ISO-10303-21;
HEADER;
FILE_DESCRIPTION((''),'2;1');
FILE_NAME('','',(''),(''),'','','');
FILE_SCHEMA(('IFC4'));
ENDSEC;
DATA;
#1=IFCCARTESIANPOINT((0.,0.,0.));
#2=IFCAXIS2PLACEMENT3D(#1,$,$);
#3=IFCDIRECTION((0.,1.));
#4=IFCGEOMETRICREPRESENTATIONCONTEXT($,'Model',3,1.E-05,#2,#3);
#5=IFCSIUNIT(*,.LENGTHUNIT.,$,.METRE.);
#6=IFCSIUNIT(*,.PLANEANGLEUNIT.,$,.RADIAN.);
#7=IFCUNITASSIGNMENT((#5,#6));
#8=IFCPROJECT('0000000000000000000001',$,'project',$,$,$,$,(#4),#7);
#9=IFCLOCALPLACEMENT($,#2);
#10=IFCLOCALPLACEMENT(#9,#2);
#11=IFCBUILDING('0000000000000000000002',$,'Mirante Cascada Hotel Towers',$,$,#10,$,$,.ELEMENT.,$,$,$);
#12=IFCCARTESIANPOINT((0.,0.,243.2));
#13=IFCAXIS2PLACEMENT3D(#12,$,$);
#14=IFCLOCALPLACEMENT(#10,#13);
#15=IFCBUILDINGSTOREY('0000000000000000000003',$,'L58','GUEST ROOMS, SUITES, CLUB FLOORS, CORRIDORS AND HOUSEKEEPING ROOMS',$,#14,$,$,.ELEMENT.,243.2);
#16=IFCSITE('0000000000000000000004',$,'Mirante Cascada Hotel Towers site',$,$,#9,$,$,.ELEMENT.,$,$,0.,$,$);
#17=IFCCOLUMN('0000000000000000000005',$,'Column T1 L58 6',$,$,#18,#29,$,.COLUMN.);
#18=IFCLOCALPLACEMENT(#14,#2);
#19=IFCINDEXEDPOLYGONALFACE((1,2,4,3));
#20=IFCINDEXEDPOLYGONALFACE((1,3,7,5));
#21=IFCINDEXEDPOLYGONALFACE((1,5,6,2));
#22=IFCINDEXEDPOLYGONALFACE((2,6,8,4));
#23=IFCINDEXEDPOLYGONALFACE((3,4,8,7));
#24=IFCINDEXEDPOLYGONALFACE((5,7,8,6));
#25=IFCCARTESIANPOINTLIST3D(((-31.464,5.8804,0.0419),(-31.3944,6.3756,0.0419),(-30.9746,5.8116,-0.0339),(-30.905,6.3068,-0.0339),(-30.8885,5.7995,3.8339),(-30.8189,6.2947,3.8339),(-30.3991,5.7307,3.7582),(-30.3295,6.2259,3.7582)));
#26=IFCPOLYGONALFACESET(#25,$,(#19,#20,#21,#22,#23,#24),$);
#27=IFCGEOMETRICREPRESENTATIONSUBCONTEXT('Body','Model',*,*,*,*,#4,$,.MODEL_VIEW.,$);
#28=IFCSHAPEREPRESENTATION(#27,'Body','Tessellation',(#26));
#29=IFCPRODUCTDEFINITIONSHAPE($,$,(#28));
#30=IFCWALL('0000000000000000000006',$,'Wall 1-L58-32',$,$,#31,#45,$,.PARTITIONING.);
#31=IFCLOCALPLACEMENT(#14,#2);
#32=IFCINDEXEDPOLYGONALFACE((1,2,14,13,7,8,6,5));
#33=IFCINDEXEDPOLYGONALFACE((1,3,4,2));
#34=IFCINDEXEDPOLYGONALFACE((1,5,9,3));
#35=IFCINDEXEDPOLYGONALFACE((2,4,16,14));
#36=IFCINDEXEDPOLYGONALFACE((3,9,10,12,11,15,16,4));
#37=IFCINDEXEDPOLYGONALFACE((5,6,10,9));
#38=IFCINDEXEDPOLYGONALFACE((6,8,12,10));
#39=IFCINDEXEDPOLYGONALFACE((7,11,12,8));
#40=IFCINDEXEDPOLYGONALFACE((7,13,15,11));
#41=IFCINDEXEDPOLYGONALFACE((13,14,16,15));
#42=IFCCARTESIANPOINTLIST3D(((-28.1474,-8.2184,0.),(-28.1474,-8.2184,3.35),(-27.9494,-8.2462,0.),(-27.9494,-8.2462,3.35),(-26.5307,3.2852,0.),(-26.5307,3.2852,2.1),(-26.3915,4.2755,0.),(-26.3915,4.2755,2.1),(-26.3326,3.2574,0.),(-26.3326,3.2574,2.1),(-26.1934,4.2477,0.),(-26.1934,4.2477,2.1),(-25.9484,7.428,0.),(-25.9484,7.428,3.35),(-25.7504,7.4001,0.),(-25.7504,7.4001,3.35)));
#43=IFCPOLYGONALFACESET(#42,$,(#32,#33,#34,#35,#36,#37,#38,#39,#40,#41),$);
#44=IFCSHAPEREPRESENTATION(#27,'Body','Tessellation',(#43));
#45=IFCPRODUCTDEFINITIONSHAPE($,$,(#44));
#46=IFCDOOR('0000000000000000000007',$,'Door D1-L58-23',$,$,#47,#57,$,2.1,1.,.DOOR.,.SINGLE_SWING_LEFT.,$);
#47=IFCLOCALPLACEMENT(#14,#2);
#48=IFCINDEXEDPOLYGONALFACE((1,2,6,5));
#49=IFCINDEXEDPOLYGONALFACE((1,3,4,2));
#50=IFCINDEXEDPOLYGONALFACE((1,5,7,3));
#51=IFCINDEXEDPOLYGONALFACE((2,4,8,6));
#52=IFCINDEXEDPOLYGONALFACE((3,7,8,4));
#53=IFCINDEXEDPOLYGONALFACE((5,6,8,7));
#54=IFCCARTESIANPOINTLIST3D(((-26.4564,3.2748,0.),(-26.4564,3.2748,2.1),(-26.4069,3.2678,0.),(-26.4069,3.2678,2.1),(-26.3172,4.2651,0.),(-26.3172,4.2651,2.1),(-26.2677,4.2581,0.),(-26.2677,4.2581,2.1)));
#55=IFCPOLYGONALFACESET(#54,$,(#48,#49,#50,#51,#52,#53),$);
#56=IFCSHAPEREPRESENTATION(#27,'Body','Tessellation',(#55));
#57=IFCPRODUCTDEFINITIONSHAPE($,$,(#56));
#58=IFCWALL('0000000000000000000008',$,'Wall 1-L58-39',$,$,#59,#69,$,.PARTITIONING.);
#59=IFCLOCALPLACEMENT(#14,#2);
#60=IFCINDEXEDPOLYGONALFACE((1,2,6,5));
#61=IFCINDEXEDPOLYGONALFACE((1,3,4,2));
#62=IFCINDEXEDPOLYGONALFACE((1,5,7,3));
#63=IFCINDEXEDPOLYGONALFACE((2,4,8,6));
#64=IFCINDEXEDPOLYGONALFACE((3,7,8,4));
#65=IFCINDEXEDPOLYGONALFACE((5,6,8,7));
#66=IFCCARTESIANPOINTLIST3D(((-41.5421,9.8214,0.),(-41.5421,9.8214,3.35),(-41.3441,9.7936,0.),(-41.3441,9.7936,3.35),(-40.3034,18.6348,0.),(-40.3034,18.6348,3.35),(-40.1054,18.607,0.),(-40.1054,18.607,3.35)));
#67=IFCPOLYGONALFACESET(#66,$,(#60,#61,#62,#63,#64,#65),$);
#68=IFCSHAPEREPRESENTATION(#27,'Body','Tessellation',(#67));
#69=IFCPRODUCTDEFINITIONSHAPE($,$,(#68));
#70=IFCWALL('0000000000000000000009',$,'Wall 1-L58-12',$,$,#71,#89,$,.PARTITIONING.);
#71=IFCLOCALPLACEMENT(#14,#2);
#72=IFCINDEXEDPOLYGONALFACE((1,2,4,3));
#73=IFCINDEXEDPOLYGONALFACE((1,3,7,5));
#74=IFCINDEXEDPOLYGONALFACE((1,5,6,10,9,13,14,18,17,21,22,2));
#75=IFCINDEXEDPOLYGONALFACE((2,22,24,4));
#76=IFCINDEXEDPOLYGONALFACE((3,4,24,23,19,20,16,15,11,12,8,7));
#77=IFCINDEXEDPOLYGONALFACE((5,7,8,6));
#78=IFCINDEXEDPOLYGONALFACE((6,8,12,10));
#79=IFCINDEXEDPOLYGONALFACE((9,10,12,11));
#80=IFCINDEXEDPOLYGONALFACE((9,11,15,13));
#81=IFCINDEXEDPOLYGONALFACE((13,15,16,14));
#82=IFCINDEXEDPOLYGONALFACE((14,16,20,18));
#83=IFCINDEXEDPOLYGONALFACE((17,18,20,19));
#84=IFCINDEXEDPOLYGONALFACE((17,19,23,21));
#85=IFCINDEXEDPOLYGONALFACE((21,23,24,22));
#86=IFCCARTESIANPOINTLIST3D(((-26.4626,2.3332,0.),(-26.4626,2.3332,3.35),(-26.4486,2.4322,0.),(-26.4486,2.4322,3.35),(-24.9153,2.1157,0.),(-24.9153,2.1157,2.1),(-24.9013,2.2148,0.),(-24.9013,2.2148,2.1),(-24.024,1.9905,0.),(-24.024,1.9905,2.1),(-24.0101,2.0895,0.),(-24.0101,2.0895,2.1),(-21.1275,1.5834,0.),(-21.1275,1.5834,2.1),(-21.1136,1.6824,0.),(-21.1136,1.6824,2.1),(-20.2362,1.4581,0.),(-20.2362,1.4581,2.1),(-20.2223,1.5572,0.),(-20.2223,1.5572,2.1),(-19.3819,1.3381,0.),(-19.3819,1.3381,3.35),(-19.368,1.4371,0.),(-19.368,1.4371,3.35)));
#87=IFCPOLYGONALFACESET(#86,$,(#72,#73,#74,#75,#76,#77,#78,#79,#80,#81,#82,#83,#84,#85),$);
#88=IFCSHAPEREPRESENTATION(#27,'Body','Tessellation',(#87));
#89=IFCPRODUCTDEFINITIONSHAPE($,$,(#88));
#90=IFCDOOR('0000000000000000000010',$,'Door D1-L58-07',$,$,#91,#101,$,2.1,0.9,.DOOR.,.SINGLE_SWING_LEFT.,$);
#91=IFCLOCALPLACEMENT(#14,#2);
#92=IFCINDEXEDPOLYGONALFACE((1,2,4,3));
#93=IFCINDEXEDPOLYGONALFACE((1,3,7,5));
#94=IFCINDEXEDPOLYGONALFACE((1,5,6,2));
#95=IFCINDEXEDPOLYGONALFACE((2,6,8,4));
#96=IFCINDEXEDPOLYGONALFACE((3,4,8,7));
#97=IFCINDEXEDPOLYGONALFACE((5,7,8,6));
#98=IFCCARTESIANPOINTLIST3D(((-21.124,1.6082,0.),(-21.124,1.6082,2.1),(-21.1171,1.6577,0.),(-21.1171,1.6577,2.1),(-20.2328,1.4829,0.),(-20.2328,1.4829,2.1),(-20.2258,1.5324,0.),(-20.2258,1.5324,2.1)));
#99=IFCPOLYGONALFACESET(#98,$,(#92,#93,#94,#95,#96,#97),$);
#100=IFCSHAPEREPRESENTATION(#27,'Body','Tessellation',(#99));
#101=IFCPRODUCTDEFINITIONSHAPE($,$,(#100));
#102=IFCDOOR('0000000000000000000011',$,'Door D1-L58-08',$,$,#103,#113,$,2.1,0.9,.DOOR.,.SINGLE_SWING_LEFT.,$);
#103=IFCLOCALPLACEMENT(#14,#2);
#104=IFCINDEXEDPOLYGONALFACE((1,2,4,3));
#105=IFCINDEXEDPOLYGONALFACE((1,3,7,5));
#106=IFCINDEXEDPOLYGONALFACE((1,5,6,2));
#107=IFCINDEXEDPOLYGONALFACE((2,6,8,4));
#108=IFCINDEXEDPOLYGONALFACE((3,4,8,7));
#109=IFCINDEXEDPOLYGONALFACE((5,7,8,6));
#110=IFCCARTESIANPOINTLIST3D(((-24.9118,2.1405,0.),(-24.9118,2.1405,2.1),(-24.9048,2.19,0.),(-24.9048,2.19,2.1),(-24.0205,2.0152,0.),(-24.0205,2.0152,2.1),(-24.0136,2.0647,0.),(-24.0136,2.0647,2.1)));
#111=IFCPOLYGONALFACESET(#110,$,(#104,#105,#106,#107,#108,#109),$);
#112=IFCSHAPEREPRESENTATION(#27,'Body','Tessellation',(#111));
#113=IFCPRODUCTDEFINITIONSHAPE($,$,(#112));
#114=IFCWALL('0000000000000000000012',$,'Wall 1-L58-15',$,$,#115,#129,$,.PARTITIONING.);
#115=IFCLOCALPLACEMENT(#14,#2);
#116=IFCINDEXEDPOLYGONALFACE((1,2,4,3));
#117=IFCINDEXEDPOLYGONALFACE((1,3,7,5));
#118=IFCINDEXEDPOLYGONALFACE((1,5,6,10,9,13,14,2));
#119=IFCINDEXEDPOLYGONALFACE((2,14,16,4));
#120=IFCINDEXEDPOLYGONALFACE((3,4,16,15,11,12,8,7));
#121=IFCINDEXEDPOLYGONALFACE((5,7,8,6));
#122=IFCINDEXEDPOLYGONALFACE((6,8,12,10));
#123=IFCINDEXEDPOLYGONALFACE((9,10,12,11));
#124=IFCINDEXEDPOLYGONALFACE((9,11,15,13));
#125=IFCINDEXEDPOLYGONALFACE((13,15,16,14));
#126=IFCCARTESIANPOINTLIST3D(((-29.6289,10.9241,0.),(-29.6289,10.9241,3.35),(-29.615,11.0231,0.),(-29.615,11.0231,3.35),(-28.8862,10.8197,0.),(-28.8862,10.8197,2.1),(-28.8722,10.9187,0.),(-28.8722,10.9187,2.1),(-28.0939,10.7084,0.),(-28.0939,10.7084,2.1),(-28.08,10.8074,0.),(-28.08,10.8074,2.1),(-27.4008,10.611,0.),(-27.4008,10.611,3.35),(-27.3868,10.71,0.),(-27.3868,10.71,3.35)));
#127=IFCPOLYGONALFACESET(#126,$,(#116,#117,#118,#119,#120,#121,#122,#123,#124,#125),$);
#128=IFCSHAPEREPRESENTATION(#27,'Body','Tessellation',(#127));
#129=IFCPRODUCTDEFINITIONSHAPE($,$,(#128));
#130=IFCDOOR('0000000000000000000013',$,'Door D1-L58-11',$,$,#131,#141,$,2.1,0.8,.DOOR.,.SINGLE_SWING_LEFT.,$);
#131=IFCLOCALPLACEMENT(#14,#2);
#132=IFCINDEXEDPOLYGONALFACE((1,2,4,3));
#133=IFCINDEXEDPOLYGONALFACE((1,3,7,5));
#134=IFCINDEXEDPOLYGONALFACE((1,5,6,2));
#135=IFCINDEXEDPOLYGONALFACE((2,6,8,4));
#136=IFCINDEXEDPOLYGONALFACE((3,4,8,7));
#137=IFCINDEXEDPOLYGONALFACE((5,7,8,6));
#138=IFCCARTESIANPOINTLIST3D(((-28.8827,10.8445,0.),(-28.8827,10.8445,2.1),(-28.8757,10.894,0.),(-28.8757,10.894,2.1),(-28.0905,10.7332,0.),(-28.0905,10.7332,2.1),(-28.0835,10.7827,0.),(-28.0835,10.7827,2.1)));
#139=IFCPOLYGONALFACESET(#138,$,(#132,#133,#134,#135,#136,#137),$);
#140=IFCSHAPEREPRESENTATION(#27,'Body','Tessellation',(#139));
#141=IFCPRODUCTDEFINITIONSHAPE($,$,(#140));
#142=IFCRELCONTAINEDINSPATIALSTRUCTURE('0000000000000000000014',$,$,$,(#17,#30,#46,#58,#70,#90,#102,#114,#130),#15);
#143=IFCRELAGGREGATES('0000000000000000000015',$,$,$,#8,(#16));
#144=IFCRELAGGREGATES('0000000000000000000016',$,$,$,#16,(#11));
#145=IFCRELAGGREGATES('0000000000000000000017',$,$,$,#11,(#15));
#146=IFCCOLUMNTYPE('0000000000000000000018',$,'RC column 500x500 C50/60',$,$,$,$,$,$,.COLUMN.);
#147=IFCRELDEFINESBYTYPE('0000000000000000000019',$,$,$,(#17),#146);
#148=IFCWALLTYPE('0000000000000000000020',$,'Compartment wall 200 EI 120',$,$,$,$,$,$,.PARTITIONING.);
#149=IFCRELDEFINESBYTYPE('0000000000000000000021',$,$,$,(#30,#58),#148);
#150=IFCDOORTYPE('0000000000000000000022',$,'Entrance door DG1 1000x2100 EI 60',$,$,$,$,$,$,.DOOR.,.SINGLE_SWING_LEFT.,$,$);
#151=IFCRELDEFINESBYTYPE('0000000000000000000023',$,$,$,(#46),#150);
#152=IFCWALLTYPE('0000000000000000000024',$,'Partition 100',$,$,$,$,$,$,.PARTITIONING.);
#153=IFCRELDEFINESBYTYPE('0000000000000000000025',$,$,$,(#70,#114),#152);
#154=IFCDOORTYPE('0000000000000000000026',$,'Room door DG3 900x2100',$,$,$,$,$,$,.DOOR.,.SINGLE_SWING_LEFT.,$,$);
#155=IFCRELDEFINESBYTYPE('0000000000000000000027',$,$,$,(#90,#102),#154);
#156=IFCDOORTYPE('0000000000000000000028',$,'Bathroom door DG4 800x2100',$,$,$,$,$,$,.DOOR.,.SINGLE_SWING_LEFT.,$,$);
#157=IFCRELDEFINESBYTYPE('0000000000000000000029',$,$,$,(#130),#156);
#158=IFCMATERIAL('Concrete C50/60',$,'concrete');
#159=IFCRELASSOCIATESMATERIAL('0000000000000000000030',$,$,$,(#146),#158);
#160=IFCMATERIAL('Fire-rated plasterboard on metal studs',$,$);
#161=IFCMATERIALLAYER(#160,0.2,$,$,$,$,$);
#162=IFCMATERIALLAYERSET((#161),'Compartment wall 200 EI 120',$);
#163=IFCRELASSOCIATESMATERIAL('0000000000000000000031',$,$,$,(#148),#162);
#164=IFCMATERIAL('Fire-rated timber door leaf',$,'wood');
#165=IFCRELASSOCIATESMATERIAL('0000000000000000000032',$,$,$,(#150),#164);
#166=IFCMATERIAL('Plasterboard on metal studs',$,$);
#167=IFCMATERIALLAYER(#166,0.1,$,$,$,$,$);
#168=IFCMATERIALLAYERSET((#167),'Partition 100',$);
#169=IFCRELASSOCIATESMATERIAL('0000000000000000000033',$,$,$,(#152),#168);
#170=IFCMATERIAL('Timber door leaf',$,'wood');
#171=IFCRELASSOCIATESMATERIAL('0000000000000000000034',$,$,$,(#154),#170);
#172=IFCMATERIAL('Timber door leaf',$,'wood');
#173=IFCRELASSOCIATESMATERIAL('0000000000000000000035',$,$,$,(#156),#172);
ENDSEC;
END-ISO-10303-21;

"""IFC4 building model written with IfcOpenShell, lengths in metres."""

from ifc_helpers import new_model, si_unit, direction, frame, frame_2d, origin, origin_2d, place, context, subcontext, project, spatial, rectangle, extrude, material, layer, layer_set, material_profile, profile_set, type_object, element, fill, save


model = new_model("IFC4")

# Units and contexts
model_context = context("Model", 3, precision=1e-05, world=origin(), true_north=direction((0.0, 1.0)))
body_context = subcontext(model_context, "Body", "Model", "MODEL_VIEW")
ifc_project = project(units=[si_unit("LENGTHUNIT", "METRE"), si_unit("PLANEANGLEUNIT", "RADIAN")], contexts=[model_context])

# Site, building, storey
site_placement = place(None, origin())
site = spatial("IfcSite", under=ifc_project, at=site_placement, Name="Mirante Cascada Hotel Towers site", CompositionType="ELEMENT", RefElevation=0.0)
building_placement = place(site_placement, origin())
building = spatial("IfcBuilding", under=site, at=building_placement, Name="Mirante Cascada Hotel Towers", CompositionType="ELEMENT")
storey_placement = place(building_placement, frame((0.0, 0.0, 243.2)))
storey = spatial("IfcBuildingStorey", under=building, at=storey_placement, Name="L58", Description="GUEST ROOMS, SUITES, CLUB FLOORS, CORRIDORS AND HOUSEKEEPING ROOMS", CompositionType="ELEMENT", Elevation=243.2)

# Column
ifc_material_1 = material(Name="Concrete C50/60", Category="concrete")
ifc_material_profile = material_profile(ifc_material_1, rectangle(XDim=0.5, YDim=0.5, at=origin_2d()), Name="RC column 500x500 C50/60")
ifc_profile_set = profile_set([ifc_material_profile], Name="Concrete C50/60")
column_type = type_object("IfcColumnType", Name="RC column 500x500 C50/60", PredefinedType="COLUMN", material=ifc_profile_set)
column_placement = place(storey_placement, frame((-31.1845, 6.0936, 0.004), z_axis=(0.150015, -0.021088, 0.988459), x_axis=(0.139205, 0.990264, 0.0)))
element("IfcColumn", 1, at=column_placement, inside=storey, type_object=column_type, Name="Column T1 L58 6", PredefinedType="COLUMN", context=body_context, shape_type="SweptSolid", body=[
    extrude(rectangle(XDim=0.5, YDim=0.5, at=origin_2d()), origin(), (0.0, 0.0, 1.0), 3.8363),
])

# Wall, opening, door
ifc_material_2 = material(Name="Fire-rated plasterboard on metal studs")
ifc_layer_1 = layer(ifc_material_2, 0.2)
ifc_layer_set_1 = layer_set([ifc_layer_1], Name="Compartment wall 200 EI 120")
wall_type_1 = type_object("IfcWallType", Name="Compartment wall 200 EI 120", PredefinedType="PARTITIONING", material=ifc_layer_set_1)
wall_1_placement = place(storey_placement, frame((-25.8494, 7.414, 0.0), z_axis=(0.0, 0.0, 1.0), x_axis=(-0.139177, -0.990268, 0.0)))
wall_1 = element("IfcWall", 2, at=wall_1_placement, inside=storey, type_object=wall_type_1, Name="Wall 1-L58-32", PredefinedType="PARTITIONING", context=body_context, shape_type="SweptSolid", body=[
    extrude(rectangle(XDim=15.8001, YDim=0.2, at=frame_2d((7.9, 0.0))), origin(), (0.0, 0.0, 1.0), 3.35),
])
opening_1_placement = place(wall_1_placement, frame((3.1834, 0.0, 0.0)))
opening_1 = element("IfcOpeningElement", 3, at=opening_1_placement, cuts=wall_1, PredefinedType="OPENING", context=body_context, shape_type="SweptSolid", body=[
    extrude(rectangle(XDim=1.0, YDim=2.1, at=frame_2d((0.5, 1.05))), frame((0.0, 0.1, 0.0), z_axis=(0.0, -1.0, 0.0), x_axis=(1.0, 0.0, 0.0)), (0.0, 0.0, 1.0), 0.2),
])
ifc_material_3 = material(Name="Fire-rated timber door leaf", Category="wood")
door_type_1 = type_object("IfcDoorType", Name="Entrance door DG1 1000x2100 EI 60", OperationType="SINGLE_SWING_LEFT", PredefinedType="DOOR", material=ifc_material_3)
door_1_placement = place(opening_1_placement, origin())
door_1 = element("IfcDoor", 4, at=door_1_placement, inside=storey, type_object=door_type_1, Name="Door D1-L58-23", OperationType="SINGLE_SWING_LEFT", OverallHeight=2.1, OverallWidth=1.0, PredefinedType="DOOR", context=body_context, shape_type="SweptSolid", body=[
    extrude(rectangle(XDim=1.0, YDim=2.1, at=frame_2d((0.5, 1.05))), frame((0.0, 0.025, 0.0), z_axis=(0.0, -1.0, 0.0), x_axis=(1.0, 0.0, 0.0)), (0.0, 0.0, 1.0), 0.05),
])
fill(opening_1, door_1)

# Wall
wall_2_placement = place(storey_placement, frame((-41.4431, 9.8075, 0.0), z_axis=(0.0, 0.0, 1.0), x_axis=(0.139179, 0.990267, 0.0)))
element("IfcWall", 5, at=wall_2_placement, inside=storey, type_object=wall_type_1, Name="Wall 1-L58-39", PredefinedType="PARTITIONING", context=body_context, shape_type="SweptSolid", body=[
    extrude(rectangle(XDim=8.9, YDim=0.2, at=frame_2d((4.45, 0.0))), origin(), (0.0, 0.0, 1.0), 3.35),
])

# Wall, openings, doors
ifc_material_4 = material(Name="Plasterboard on metal studs")
ifc_layer_2 = layer(ifc_material_4, 0.1)
ifc_layer_set_2 = layer_set([ifc_layer_2], Name="Partition 100")
wall_type_2 = type_object("IfcWallType", Name="Partition 100", PredefinedType="PARTITIONING", material=ifc_layer_set_2)
wall_3_placement = place(storey_placement, frame((-26.4556, 2.3827, 0.0), z_axis=(0.0, 0.0, 1.0), x_axis=(0.990268, -0.139171, 0.0)))
wall_3 = element("IfcWall", 6, at=wall_3_placement, inside=storey, type_object=wall_type_2, Name="Wall 1-L58-12", PredefinedType="PARTITIONING", context=body_context, shape_type="SweptSolid", body=[
    extrude(rectangle(XDim=7.1502, YDim=0.1, at=frame_2d((3.5751, 0.0))), origin(), (0.0, 0.0, 1.0), 3.35),
])
opening_2_placement = place(wall_3_placement, frame((5.3875, 0.0, 0.0)))
opening_2 = element("IfcOpeningElement", 7, at=opening_2_placement, cuts=wall_3, PredefinedType="OPENING", context=body_context, shape_type="SweptSolid", body=[
    extrude(rectangle(XDim=0.9, YDim=2.1, at=frame_2d((0.45, 1.05))), frame((0.0, 0.05, 0.0), z_axis=(0.0, -1.0, 0.0), x_axis=(1.0, 0.0, 0.0)), (0.0, 0.0, 1.0), 0.1),
])
opening_3_placement = place(wall_3_placement, frame((1.5625, 0.0, 0.0)))
opening_3 = element("IfcOpeningElement", 8, at=opening_3_placement, cuts=wall_3, PredefinedType="OPENING", context=body_context, shape_type="SweptSolid", body=[
    extrude(rectangle(XDim=0.9, YDim=2.1, at=frame_2d((0.45, 1.05))), frame((0.0, 0.05, 0.0), z_axis=(0.0, -1.0, 0.0), x_axis=(1.0, 0.0, 0.0)), (0.0, 0.0, 1.0), 0.1),
])
ifc_material_5 = material(Name="Timber door leaf", Category="wood")
door_type_2 = type_object("IfcDoorType", Name="Room door DG3 900x2100", OperationType="SINGLE_SWING_LEFT", PredefinedType="DOOR", material=ifc_material_5)
door_2_placement = place(opening_2_placement, origin())
door_2 = element("IfcDoor", 9, at=door_2_placement, inside=storey, type_object=door_type_2, Name="Door D1-L58-07", OperationType="SINGLE_SWING_LEFT", OverallHeight=2.1, OverallWidth=0.9, PredefinedType="DOOR", context=body_context, shape_type="SweptSolid", body=[
    extrude(rectangle(XDim=0.9, YDim=2.1, at=frame_2d((0.45, 1.05))), frame((0.0, 0.025, 0.0), z_axis=(0.0, -1.0, 0.0), x_axis=(1.0, 0.0, 0.0)), (0.0, 0.0, 1.0), 0.05),
])
fill(opening_2, door_2)
door_3_placement = place(opening_3_placement, origin())
door_3 = element("IfcDoor", 10, at=door_3_placement, inside=storey, type_object=door_type_2, Name="Door D1-L58-08", OperationType="SINGLE_SWING_LEFT", OverallHeight=2.1, OverallWidth=0.9, PredefinedType="DOOR", context=body_context, shape_type="SweptSolid", body=[
    extrude(rectangle(XDim=0.9, YDim=2.1, at=frame_2d((0.45, 1.05))), frame((0.0, 0.025, 0.0), z_axis=(0.0, -1.0, 0.0), x_axis=(1.0, 0.0, 0.0)), (0.0, 0.0, 1.0), 0.05),
])
fill(opening_3, door_3)

# Wall, opening, door
wall_4_placement = place(storey_placement, frame((-27.3938, 10.6605, 0.0), z_axis=(0.0, 0.0, 1.0), x_axis=(-0.990271, 0.139156, 0.0)))
wall_4 = element("IfcWall", 11, at=wall_4_placement, inside=storey, type_object=wall_type_2, Name="Wall 1-L58-15", PredefinedType="PARTITIONING", context=body_context, shape_type="SweptSolid", body=[
    extrude(rectangle(XDim=2.25, YDim=0.1, at=frame_2d((1.125, 0.0))), origin(), (0.0, 0.0, 1.0), 3.35),
])
opening_4_placement = place(wall_4_placement, frame((0.7, 0.0, 0.0)))
opening_4 = element("IfcOpeningElement", 12, at=opening_4_placement, cuts=wall_4, PredefinedType="OPENING", context=body_context, shape_type="SweptSolid", body=[
    extrude(rectangle(XDim=0.8, YDim=2.1, at=frame_2d((0.4, 1.05))), frame((0.0, 0.05, 0.0), z_axis=(0.0, -1.0, 0.0), x_axis=(1.0, 0.0, 0.0)), (0.0, 0.0, 1.0), 0.1),
])
ifc_material_6 = material(Name="Timber door leaf", Category="wood")
door_type_3 = type_object("IfcDoorType", Name="Bathroom door DG4 800x2100", OperationType="SINGLE_SWING_LEFT", PredefinedType="DOOR", material=ifc_material_6)
door_4_placement = place(opening_4_placement, origin())
door_4 = element("IfcDoor", 13, at=door_4_placement, inside=storey, type_object=door_type_3, Name="Door D1-L58-11", OperationType="SINGLE_SWING_LEFT", OverallHeight=2.1, OverallWidth=0.8, PredefinedType="DOOR", context=body_context, shape_type="SweptSolid", body=[
    extrude(rectangle(XDim=0.8, YDim=2.1, at=frame_2d((0.4, 1.05))), frame((0.0, 0.025, 0.0), z_axis=(0.0, -1.0, 0.0), x_axis=(1.0, 0.0, 0.0)), (0.0, 0.0, 1.0), 0.05),
])
fill(opening_4, door_4)

save(model, "model.ifc")
